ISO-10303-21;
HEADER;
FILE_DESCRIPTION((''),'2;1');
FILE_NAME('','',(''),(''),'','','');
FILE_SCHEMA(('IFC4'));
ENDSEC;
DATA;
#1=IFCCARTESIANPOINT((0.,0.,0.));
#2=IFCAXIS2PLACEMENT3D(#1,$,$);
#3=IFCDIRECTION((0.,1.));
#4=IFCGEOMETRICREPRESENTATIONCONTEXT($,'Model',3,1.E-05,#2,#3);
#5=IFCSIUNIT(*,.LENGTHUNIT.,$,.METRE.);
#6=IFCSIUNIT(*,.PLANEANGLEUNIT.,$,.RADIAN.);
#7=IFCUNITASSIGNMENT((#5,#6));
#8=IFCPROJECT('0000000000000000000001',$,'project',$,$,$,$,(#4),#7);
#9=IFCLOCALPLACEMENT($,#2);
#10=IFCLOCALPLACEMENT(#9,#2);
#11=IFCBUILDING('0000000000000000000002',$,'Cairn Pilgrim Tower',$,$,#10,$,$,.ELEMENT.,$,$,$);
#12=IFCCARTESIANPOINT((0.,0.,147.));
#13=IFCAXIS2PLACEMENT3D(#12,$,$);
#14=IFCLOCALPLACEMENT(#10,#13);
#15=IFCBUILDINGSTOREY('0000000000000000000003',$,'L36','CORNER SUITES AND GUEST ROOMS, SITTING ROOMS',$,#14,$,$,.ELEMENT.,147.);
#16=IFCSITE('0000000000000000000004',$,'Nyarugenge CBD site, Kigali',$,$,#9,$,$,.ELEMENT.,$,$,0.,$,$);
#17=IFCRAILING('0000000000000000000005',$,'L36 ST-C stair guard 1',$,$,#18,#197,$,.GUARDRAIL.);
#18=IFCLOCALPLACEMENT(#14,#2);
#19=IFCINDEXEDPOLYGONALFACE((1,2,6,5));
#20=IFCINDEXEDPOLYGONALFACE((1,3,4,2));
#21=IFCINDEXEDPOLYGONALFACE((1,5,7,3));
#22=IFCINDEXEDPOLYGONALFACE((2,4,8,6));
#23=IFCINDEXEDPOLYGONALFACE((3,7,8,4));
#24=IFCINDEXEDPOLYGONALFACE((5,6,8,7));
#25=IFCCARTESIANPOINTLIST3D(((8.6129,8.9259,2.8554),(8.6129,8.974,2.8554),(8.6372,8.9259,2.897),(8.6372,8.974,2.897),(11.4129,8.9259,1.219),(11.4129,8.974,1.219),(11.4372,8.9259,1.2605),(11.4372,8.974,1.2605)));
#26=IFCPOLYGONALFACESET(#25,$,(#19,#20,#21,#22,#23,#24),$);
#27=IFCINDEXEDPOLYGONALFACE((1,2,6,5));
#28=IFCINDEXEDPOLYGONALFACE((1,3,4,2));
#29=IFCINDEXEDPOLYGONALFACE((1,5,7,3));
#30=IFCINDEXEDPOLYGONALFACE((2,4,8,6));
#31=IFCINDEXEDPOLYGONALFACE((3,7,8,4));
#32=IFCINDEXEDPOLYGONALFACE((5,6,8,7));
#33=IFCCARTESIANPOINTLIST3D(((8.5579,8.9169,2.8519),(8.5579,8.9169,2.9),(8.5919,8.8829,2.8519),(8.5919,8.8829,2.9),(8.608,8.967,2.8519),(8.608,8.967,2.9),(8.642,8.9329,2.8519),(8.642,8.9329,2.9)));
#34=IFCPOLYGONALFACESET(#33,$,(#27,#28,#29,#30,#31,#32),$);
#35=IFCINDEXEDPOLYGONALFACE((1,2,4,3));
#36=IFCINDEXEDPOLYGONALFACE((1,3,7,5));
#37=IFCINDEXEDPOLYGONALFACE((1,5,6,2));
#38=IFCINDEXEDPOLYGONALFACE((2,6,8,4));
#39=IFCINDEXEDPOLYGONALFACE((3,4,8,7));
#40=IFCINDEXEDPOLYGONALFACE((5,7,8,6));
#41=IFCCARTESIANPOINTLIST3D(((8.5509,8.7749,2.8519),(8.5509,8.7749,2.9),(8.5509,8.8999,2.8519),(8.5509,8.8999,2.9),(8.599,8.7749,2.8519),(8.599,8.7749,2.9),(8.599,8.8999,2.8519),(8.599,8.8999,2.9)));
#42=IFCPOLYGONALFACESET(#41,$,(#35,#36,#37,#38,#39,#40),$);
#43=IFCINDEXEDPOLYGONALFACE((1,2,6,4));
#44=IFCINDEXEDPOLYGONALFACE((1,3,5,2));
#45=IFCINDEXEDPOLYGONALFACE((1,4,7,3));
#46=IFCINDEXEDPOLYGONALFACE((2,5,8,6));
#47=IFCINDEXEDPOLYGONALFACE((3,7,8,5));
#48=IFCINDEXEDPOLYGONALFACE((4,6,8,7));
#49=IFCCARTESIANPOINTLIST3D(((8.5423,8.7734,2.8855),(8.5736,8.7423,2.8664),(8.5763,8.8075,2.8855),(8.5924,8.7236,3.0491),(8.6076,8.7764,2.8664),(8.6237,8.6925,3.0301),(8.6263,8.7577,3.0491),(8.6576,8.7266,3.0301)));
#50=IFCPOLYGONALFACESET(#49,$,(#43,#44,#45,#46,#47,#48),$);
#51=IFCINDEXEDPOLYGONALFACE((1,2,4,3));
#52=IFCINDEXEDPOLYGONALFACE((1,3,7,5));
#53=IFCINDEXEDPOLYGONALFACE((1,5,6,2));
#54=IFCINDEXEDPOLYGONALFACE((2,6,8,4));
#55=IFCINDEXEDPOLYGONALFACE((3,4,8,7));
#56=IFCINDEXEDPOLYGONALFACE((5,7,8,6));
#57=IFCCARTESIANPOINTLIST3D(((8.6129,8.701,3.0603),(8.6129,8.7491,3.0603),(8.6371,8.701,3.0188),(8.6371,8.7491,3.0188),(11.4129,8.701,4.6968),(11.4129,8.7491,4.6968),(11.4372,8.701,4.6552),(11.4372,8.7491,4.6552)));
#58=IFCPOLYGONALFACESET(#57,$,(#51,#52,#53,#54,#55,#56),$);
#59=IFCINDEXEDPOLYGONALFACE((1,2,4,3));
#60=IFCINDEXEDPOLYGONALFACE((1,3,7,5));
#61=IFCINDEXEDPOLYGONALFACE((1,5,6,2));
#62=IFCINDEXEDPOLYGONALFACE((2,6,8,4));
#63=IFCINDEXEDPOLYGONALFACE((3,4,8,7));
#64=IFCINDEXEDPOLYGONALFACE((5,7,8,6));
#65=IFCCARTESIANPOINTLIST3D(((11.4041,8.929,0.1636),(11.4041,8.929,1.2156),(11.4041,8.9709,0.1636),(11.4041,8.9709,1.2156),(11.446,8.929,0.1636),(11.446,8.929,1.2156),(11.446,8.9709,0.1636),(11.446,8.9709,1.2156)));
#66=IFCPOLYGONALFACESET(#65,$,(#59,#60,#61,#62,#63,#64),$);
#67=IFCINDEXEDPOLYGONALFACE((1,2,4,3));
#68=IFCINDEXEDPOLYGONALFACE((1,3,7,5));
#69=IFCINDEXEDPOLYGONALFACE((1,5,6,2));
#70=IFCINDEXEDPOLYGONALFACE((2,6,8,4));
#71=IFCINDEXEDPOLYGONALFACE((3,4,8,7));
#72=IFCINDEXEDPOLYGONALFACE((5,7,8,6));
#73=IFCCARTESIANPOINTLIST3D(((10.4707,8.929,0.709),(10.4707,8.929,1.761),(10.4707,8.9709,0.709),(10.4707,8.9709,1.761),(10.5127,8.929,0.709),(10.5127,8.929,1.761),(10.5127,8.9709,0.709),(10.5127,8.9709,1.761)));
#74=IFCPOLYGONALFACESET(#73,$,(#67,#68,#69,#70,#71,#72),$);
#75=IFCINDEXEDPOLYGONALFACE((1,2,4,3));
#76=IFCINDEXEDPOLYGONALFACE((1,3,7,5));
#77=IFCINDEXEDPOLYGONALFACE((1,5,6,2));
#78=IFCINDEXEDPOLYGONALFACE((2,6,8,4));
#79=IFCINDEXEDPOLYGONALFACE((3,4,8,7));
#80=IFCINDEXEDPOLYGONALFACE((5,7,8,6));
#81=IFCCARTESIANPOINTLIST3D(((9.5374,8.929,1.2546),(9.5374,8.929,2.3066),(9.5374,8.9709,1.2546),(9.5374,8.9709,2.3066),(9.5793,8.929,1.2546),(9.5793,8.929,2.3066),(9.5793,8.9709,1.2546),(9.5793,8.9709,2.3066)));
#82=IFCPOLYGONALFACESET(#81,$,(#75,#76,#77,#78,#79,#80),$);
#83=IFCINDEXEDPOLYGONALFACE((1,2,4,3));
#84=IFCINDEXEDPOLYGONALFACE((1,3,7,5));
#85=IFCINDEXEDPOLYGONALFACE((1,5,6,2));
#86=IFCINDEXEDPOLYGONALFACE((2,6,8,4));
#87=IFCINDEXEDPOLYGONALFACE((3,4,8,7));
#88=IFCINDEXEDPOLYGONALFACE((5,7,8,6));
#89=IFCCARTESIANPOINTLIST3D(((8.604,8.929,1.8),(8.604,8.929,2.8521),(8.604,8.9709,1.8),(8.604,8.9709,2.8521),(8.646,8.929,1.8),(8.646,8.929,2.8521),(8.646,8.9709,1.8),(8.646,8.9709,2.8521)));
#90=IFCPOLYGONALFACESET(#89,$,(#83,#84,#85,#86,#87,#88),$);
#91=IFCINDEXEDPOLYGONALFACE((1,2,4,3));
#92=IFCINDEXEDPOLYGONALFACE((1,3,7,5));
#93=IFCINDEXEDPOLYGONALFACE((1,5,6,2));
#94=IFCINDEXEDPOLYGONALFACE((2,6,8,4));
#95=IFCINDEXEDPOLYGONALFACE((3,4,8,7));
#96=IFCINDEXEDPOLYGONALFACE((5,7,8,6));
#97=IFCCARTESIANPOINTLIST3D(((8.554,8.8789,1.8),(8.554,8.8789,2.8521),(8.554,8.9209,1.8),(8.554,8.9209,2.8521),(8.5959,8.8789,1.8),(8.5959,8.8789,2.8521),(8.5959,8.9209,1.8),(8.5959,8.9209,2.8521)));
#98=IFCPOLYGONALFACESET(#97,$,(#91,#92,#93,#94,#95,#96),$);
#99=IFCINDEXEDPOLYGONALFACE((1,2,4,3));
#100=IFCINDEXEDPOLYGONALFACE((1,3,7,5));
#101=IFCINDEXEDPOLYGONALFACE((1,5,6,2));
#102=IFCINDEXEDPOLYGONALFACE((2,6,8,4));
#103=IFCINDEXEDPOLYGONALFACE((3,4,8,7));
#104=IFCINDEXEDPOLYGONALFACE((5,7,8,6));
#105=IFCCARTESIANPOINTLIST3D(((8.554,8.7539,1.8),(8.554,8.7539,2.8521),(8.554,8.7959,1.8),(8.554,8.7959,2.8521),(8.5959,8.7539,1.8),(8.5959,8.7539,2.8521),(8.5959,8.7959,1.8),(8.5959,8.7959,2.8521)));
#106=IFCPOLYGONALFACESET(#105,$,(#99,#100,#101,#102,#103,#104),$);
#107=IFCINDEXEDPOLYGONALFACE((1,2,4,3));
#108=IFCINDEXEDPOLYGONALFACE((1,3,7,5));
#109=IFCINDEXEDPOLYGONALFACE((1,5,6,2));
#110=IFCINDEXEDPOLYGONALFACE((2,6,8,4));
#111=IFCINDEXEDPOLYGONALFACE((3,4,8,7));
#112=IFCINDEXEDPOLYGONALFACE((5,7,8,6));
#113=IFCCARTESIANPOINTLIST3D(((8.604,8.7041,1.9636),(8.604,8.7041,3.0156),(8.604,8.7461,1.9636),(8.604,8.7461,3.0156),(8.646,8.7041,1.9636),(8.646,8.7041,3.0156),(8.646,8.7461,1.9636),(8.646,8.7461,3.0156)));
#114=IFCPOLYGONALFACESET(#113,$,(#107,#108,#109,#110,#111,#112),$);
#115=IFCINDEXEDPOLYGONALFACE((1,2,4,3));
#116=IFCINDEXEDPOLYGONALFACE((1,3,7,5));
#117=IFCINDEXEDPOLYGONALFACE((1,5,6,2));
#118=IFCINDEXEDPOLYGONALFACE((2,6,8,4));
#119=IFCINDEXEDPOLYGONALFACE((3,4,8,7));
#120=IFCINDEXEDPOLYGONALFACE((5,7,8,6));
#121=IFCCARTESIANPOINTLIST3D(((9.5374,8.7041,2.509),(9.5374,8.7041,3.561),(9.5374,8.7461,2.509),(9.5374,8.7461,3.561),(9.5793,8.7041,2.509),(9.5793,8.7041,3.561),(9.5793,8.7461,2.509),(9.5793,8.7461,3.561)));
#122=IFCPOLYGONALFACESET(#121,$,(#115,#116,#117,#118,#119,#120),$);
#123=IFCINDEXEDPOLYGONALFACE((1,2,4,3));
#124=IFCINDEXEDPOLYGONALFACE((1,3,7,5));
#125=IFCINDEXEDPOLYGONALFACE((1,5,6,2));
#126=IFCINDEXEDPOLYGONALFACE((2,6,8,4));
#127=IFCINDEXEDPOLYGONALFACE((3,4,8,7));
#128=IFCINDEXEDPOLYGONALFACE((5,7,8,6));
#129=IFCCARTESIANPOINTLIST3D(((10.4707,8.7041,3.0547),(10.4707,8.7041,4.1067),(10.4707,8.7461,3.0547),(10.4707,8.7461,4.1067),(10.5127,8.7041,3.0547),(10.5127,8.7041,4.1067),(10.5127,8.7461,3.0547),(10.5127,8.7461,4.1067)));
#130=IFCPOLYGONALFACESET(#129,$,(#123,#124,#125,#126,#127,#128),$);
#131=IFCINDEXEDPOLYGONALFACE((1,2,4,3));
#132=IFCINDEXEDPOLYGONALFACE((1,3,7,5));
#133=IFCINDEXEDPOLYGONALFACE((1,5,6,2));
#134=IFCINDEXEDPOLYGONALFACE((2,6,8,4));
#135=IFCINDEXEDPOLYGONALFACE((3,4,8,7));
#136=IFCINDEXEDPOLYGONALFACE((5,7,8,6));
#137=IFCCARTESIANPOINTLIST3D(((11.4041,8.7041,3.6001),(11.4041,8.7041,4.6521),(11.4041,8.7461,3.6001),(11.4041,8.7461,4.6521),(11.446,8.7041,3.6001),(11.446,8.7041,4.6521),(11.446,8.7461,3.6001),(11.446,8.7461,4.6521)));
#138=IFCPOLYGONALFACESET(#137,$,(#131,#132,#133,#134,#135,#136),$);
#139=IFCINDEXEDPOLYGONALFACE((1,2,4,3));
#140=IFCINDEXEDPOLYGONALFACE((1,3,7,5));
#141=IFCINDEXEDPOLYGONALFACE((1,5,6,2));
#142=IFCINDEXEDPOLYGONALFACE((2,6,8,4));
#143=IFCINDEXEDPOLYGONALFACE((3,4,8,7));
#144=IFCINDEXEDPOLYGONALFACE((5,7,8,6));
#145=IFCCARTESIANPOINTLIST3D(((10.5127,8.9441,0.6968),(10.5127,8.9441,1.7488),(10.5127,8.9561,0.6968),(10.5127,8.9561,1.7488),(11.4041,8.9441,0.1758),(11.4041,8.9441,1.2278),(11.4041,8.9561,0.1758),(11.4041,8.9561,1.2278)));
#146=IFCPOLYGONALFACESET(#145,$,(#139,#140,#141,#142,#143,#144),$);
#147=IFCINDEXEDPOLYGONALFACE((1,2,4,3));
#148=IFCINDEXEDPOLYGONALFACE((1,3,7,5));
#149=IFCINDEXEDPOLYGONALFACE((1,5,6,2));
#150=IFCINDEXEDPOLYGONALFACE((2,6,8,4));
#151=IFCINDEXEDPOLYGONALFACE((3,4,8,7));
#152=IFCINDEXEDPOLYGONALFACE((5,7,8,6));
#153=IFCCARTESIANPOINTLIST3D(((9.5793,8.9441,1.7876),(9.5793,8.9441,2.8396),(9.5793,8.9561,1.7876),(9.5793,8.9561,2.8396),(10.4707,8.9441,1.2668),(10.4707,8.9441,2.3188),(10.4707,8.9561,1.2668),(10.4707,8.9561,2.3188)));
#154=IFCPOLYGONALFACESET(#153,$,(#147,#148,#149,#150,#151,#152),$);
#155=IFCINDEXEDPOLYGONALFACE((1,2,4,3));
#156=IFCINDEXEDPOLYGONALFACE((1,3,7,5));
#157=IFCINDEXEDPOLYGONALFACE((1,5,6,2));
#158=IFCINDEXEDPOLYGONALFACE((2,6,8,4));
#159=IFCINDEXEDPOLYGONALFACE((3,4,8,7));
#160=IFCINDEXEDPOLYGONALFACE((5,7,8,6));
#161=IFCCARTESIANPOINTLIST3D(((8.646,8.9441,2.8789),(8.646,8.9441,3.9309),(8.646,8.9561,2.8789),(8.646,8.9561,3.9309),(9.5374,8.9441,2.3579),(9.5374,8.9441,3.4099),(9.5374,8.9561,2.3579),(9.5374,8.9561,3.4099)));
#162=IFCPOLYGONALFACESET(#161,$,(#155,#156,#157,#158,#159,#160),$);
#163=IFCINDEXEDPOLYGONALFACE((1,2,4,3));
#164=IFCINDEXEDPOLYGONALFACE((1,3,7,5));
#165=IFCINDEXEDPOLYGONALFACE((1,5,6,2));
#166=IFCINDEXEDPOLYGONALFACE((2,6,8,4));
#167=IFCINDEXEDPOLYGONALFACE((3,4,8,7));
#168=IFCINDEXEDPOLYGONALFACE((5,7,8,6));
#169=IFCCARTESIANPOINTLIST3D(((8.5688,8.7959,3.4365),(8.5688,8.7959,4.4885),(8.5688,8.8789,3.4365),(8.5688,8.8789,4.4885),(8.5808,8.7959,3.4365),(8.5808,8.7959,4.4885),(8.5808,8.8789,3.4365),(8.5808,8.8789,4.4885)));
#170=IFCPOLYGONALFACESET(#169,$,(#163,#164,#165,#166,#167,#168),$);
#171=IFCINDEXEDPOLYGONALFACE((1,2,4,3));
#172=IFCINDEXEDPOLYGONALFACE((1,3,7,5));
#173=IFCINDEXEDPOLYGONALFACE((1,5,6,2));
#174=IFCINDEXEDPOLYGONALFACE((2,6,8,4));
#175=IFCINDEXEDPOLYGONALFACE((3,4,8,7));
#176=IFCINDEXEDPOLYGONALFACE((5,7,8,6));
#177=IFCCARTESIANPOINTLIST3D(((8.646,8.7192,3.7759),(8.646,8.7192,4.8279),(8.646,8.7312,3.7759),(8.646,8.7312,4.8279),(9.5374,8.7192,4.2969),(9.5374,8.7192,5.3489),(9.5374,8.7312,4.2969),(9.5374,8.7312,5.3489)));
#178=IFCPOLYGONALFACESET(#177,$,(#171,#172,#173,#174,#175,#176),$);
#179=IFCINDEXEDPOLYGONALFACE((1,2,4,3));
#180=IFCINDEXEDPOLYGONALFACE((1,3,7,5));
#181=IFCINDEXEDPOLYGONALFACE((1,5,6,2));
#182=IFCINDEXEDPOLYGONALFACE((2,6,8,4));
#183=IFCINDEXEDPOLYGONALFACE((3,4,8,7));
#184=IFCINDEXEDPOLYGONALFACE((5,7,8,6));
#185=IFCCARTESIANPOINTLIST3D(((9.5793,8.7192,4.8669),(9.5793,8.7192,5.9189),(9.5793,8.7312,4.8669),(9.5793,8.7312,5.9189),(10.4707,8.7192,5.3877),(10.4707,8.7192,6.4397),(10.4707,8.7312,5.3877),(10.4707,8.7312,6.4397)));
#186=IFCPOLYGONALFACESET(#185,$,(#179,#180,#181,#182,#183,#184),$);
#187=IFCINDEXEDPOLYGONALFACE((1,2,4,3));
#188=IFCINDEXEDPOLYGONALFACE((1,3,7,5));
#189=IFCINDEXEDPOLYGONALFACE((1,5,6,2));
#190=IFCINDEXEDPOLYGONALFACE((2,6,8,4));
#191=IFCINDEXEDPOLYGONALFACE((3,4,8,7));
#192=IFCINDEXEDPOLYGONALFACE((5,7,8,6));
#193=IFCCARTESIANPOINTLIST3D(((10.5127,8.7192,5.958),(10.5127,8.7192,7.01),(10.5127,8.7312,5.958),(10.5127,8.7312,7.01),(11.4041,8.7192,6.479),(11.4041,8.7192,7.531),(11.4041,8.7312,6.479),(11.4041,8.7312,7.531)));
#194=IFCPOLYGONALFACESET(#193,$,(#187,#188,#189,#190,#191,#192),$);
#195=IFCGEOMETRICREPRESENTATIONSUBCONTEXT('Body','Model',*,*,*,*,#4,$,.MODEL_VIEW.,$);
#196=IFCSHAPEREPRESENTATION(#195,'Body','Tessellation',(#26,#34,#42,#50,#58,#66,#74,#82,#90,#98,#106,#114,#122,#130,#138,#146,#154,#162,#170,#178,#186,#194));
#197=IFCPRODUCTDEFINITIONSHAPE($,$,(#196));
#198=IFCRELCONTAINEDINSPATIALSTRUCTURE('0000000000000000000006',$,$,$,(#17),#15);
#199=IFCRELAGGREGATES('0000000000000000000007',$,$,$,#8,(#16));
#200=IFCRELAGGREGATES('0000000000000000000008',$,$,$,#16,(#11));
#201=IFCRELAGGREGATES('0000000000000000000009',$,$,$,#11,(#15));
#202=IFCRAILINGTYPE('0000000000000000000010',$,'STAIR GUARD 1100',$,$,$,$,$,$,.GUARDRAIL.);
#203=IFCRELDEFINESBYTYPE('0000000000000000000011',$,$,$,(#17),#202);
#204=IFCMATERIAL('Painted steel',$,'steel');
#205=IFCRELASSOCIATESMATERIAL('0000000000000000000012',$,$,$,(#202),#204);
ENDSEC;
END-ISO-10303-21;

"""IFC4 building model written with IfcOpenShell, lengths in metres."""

from ifc_helpers import new_model, si_unit, direction, frame, origin, origin_2d, place, context, subcontext, project, spatial, polyline, rectangle, outline, extrude, material, type_object, element, save


model = new_model("IFC4")

# Units and contexts
model_context = context("Model", 3, precision=1e-05, world=origin(), true_north=direction((0.0, 1.0)))
body_context = subcontext(model_context, "Body", "Model", "MODEL_VIEW")
ifc_project = project(units=[si_unit("LENGTHUNIT", "METRE"), si_unit("PLANEANGLEUNIT", "RADIAN")], contexts=[model_context])

# Site, building, storey
site_placement = place(None, origin())
site = spatial("IfcSite", under=ifc_project, at=site_placement, Name="Nyarugenge CBD site, Kigali", CompositionType="ELEMENT", RefElevation=0.0)
building_placement = place(site_placement, origin())
building = spatial("IfcBuilding", under=site, at=building_placement, Name="Cairn Pilgrim Tower", CompositionType="ELEMENT")
storey_placement = place(building_placement, frame((0.0, 0.0, 147.0)))
storey = spatial("IfcBuildingStorey", under=building, at=storey_placement, Name="L36", Description="CORNER SUITES AND GUEST ROOMS, SITTING ROOMS", CompositionType="ELEMENT", Elevation=147.0)

# Shared definitions
ifc_material_1 = material(Name="Painted steel", Category="steel")

# Railing
railing_type_1 = type_object("IfcRailingType", Name="STAIR GUARD 1100", PredefinedType="GUARDRAIL", material=ifc_material_1)
railing_1_placement = place(storey_placement, frame((11.425, 8.95, 0.1636)))
element("IfcRailing", 1, at=railing_1_placement, inside=storey, type_object=railing_type_1, Name="L36 ST-C stair guard 1", PredefinedType="GUARDRAIL", context=body_context, shape_type="SweptSolid", body=[
    extrude(rectangle(XDim=0.0481, YDim=0.0481, at=origin_2d()), frame((0.0, 0.0, 1.0762), z_axis=(-0.863361, 0.0, 0.504587), x_axis=(0.0, -1.0, 0.0)), (0.0, 0.0, 1.0), 3.2432),
    extrude(rectangle(XDim=0.0481, YDim=0.0481, at=origin_2d()), frame((-2.8, 0.0, 2.7124), z_axis=(-0.707107, -0.707107, 0.0), x_axis=(0.707107, -0.707107, 0.0)), (0.0, 0.0, 1.0), 0.0708),
    extrude(rectangle(XDim=0.0481, YDim=0.0481, at=origin_2d()), frame((-2.8501, -0.05, 2.7124), z_axis=(0.0, -1.0, 0.0), x_axis=(1.0, 0.0, 0.0)), (0.0, 0.0, 1.0), 0.125),
    extrude(rectangle(XDim=0.0481, YDim=0.0481, at=origin_2d()), frame((-2.8501, -0.175, 2.7124), z_axis=(0.280917, -0.279546, 0.918118), x_axis=(0.705376, 0.708834, 0.0)), (0.0, 0.0, 1.0), 0.1782),
    extrude(rectangle(XDim=0.0481, YDim=0.0481, at=origin_2d()), frame((-2.8, -0.2249, 2.876), z_axis=(0.863361, 0.0, 0.504587), x_axis=(0.0, 1.0, 0.0)), (0.0, 0.0, 1.0), 3.2432),
    extrude(rectangle(XDim=0.042, YDim=0.042, at=origin_2d()), origin(), (0.0, 0.0, 1.0), 1.052),
    extrude(rectangle(XDim=0.042, YDim=0.042, at=origin_2d()), frame((-0.9333, 0.0, 0.5454)), (0.0, 0.0, 1.0), 1.052),
    extrude(rectangle(XDim=0.042, YDim=0.042, at=origin_2d()), frame((-1.8667, 0.0, 1.0911)), (0.0, 0.0, 1.0), 1.052),
    extrude(rectangle(XDim=0.042, YDim=0.042, at=origin_2d()), frame((-2.8, 0.0, 1.6365)), (0.0, 0.0, 1.0), 1.052),
    extrude(rectangle(XDim=0.042, YDim=0.042, at=origin_2d()), frame((-2.8501, -0.05, 1.6365)), (0.0, 0.0, 1.0), 1.052),
    extrude(rectangle(XDim=0.042, YDim=0.042, at=origin_2d()), frame((-2.8501, -0.175, 1.6365)), (0.0, 0.0, 1.0), 1.052),
    extrude(rectangle(XDim=0.042, YDim=0.042, at=origin_2d()), frame((-2.8, -0.2249, 1.8)), (0.0, 0.0, 1.0), 1.052),
    extrude(rectangle(XDim=0.042, YDim=0.042, at=origin_2d()), frame((-1.8667, -0.2249, 2.3455)), (0.0, 0.0, 1.0), 1.052),
    extrude(rectangle(XDim=0.042, YDim=0.042, at=origin_2d()), frame((-0.9333, -0.2249, 2.8911)), (0.0, 0.0, 1.0), 1.052),
    extrude(rectangle(XDim=0.042, YDim=0.042, at=origin_2d()), frame((0.0, -0.2249, 3.4365)), (0.0, 0.0, 1.0), 1.052),
    extrude(outline(polyline([(0.021, 0.0122), (0.9124, 0.5332), (0.9124, 1.5852), (0.021, 1.0642), (0.021, 0.0122)])), frame((0.0, -0.0059, 0.0), z_axis=(0.0, 1.0, 0.0), x_axis=(-1.0, 0.0, 0.0)), (0.0, 0.0, 1.0), 0.012),
    extrude(outline(polyline([(0.021, 0.5579), (0.9124, 1.0786), (0.9124, 2.1306), (0.021, 1.6099), (0.021, 0.5579)])), frame((-0.9333, -0.0059, 0.5454), z_axis=(0.0, 1.0, 0.0), x_axis=(-1.0, 0.0, 0.0)), (0.0, 0.0, 1.0), 0.012),
    extrude(outline(polyline([(0.021, 1.1033), (0.9124, 1.6243), (0.9124, 2.6763), (0.021, 2.1553), (0.021, 1.1033)])), frame((-1.8667, -0.0059, 1.0911), z_axis=(0.0, 1.0, 0.0), x_axis=(-1.0, 0.0, 0.0)), (0.0, 0.0, 1.0), 0.012),
    extrude(outline(polyline([(0.021, 1.6365), (0.104, 1.6365), (0.104, 2.6885), (0.021, 2.6885), (0.021, 1.6365)])), frame((-2.8442, -0.05, 1.6365), z_axis=(-1.0, 0.0, 0.0), x_axis=(0.0, -1.0, 0.0)), (0.0, 0.0, 1.0), 0.012),
    extrude(outline(polyline([(0.021, 1.8123), (0.9124, 2.3333), (0.9124, 3.3853), (0.021, 2.8643), (0.021, 1.8123)])), frame((-2.8, -0.2188, 1.8), z_axis=(0.0, -1.0, 0.0), x_axis=(1.0, 0.0, 0.0)), (0.0, 0.0, 1.0), 0.012),
    extrude(outline(polyline([(0.021, 2.3579), (0.9124, 2.8787), (0.9124, 3.9307), (0.021, 3.4099), (0.021, 2.3579)])), frame((-1.8667, -0.2188, 2.3455), z_axis=(0.0, -1.0, 0.0), x_axis=(1.0, 0.0, 0.0)), (0.0, 0.0, 1.0), 0.012),
    extrude(outline(polyline([(0.021, 2.9033), (0.9124, 3.4243), (0.9124, 4.4763), (0.021, 3.9553), (0.021, 2.9033)])), frame((-0.9333, -0.2188, 2.8911), z_axis=(0.0, -1.0, 0.0), x_axis=(1.0, 0.0, 0.0)), (0.0, 0.0, 1.0), 0.012),
])

save(model, "model.ifc")
